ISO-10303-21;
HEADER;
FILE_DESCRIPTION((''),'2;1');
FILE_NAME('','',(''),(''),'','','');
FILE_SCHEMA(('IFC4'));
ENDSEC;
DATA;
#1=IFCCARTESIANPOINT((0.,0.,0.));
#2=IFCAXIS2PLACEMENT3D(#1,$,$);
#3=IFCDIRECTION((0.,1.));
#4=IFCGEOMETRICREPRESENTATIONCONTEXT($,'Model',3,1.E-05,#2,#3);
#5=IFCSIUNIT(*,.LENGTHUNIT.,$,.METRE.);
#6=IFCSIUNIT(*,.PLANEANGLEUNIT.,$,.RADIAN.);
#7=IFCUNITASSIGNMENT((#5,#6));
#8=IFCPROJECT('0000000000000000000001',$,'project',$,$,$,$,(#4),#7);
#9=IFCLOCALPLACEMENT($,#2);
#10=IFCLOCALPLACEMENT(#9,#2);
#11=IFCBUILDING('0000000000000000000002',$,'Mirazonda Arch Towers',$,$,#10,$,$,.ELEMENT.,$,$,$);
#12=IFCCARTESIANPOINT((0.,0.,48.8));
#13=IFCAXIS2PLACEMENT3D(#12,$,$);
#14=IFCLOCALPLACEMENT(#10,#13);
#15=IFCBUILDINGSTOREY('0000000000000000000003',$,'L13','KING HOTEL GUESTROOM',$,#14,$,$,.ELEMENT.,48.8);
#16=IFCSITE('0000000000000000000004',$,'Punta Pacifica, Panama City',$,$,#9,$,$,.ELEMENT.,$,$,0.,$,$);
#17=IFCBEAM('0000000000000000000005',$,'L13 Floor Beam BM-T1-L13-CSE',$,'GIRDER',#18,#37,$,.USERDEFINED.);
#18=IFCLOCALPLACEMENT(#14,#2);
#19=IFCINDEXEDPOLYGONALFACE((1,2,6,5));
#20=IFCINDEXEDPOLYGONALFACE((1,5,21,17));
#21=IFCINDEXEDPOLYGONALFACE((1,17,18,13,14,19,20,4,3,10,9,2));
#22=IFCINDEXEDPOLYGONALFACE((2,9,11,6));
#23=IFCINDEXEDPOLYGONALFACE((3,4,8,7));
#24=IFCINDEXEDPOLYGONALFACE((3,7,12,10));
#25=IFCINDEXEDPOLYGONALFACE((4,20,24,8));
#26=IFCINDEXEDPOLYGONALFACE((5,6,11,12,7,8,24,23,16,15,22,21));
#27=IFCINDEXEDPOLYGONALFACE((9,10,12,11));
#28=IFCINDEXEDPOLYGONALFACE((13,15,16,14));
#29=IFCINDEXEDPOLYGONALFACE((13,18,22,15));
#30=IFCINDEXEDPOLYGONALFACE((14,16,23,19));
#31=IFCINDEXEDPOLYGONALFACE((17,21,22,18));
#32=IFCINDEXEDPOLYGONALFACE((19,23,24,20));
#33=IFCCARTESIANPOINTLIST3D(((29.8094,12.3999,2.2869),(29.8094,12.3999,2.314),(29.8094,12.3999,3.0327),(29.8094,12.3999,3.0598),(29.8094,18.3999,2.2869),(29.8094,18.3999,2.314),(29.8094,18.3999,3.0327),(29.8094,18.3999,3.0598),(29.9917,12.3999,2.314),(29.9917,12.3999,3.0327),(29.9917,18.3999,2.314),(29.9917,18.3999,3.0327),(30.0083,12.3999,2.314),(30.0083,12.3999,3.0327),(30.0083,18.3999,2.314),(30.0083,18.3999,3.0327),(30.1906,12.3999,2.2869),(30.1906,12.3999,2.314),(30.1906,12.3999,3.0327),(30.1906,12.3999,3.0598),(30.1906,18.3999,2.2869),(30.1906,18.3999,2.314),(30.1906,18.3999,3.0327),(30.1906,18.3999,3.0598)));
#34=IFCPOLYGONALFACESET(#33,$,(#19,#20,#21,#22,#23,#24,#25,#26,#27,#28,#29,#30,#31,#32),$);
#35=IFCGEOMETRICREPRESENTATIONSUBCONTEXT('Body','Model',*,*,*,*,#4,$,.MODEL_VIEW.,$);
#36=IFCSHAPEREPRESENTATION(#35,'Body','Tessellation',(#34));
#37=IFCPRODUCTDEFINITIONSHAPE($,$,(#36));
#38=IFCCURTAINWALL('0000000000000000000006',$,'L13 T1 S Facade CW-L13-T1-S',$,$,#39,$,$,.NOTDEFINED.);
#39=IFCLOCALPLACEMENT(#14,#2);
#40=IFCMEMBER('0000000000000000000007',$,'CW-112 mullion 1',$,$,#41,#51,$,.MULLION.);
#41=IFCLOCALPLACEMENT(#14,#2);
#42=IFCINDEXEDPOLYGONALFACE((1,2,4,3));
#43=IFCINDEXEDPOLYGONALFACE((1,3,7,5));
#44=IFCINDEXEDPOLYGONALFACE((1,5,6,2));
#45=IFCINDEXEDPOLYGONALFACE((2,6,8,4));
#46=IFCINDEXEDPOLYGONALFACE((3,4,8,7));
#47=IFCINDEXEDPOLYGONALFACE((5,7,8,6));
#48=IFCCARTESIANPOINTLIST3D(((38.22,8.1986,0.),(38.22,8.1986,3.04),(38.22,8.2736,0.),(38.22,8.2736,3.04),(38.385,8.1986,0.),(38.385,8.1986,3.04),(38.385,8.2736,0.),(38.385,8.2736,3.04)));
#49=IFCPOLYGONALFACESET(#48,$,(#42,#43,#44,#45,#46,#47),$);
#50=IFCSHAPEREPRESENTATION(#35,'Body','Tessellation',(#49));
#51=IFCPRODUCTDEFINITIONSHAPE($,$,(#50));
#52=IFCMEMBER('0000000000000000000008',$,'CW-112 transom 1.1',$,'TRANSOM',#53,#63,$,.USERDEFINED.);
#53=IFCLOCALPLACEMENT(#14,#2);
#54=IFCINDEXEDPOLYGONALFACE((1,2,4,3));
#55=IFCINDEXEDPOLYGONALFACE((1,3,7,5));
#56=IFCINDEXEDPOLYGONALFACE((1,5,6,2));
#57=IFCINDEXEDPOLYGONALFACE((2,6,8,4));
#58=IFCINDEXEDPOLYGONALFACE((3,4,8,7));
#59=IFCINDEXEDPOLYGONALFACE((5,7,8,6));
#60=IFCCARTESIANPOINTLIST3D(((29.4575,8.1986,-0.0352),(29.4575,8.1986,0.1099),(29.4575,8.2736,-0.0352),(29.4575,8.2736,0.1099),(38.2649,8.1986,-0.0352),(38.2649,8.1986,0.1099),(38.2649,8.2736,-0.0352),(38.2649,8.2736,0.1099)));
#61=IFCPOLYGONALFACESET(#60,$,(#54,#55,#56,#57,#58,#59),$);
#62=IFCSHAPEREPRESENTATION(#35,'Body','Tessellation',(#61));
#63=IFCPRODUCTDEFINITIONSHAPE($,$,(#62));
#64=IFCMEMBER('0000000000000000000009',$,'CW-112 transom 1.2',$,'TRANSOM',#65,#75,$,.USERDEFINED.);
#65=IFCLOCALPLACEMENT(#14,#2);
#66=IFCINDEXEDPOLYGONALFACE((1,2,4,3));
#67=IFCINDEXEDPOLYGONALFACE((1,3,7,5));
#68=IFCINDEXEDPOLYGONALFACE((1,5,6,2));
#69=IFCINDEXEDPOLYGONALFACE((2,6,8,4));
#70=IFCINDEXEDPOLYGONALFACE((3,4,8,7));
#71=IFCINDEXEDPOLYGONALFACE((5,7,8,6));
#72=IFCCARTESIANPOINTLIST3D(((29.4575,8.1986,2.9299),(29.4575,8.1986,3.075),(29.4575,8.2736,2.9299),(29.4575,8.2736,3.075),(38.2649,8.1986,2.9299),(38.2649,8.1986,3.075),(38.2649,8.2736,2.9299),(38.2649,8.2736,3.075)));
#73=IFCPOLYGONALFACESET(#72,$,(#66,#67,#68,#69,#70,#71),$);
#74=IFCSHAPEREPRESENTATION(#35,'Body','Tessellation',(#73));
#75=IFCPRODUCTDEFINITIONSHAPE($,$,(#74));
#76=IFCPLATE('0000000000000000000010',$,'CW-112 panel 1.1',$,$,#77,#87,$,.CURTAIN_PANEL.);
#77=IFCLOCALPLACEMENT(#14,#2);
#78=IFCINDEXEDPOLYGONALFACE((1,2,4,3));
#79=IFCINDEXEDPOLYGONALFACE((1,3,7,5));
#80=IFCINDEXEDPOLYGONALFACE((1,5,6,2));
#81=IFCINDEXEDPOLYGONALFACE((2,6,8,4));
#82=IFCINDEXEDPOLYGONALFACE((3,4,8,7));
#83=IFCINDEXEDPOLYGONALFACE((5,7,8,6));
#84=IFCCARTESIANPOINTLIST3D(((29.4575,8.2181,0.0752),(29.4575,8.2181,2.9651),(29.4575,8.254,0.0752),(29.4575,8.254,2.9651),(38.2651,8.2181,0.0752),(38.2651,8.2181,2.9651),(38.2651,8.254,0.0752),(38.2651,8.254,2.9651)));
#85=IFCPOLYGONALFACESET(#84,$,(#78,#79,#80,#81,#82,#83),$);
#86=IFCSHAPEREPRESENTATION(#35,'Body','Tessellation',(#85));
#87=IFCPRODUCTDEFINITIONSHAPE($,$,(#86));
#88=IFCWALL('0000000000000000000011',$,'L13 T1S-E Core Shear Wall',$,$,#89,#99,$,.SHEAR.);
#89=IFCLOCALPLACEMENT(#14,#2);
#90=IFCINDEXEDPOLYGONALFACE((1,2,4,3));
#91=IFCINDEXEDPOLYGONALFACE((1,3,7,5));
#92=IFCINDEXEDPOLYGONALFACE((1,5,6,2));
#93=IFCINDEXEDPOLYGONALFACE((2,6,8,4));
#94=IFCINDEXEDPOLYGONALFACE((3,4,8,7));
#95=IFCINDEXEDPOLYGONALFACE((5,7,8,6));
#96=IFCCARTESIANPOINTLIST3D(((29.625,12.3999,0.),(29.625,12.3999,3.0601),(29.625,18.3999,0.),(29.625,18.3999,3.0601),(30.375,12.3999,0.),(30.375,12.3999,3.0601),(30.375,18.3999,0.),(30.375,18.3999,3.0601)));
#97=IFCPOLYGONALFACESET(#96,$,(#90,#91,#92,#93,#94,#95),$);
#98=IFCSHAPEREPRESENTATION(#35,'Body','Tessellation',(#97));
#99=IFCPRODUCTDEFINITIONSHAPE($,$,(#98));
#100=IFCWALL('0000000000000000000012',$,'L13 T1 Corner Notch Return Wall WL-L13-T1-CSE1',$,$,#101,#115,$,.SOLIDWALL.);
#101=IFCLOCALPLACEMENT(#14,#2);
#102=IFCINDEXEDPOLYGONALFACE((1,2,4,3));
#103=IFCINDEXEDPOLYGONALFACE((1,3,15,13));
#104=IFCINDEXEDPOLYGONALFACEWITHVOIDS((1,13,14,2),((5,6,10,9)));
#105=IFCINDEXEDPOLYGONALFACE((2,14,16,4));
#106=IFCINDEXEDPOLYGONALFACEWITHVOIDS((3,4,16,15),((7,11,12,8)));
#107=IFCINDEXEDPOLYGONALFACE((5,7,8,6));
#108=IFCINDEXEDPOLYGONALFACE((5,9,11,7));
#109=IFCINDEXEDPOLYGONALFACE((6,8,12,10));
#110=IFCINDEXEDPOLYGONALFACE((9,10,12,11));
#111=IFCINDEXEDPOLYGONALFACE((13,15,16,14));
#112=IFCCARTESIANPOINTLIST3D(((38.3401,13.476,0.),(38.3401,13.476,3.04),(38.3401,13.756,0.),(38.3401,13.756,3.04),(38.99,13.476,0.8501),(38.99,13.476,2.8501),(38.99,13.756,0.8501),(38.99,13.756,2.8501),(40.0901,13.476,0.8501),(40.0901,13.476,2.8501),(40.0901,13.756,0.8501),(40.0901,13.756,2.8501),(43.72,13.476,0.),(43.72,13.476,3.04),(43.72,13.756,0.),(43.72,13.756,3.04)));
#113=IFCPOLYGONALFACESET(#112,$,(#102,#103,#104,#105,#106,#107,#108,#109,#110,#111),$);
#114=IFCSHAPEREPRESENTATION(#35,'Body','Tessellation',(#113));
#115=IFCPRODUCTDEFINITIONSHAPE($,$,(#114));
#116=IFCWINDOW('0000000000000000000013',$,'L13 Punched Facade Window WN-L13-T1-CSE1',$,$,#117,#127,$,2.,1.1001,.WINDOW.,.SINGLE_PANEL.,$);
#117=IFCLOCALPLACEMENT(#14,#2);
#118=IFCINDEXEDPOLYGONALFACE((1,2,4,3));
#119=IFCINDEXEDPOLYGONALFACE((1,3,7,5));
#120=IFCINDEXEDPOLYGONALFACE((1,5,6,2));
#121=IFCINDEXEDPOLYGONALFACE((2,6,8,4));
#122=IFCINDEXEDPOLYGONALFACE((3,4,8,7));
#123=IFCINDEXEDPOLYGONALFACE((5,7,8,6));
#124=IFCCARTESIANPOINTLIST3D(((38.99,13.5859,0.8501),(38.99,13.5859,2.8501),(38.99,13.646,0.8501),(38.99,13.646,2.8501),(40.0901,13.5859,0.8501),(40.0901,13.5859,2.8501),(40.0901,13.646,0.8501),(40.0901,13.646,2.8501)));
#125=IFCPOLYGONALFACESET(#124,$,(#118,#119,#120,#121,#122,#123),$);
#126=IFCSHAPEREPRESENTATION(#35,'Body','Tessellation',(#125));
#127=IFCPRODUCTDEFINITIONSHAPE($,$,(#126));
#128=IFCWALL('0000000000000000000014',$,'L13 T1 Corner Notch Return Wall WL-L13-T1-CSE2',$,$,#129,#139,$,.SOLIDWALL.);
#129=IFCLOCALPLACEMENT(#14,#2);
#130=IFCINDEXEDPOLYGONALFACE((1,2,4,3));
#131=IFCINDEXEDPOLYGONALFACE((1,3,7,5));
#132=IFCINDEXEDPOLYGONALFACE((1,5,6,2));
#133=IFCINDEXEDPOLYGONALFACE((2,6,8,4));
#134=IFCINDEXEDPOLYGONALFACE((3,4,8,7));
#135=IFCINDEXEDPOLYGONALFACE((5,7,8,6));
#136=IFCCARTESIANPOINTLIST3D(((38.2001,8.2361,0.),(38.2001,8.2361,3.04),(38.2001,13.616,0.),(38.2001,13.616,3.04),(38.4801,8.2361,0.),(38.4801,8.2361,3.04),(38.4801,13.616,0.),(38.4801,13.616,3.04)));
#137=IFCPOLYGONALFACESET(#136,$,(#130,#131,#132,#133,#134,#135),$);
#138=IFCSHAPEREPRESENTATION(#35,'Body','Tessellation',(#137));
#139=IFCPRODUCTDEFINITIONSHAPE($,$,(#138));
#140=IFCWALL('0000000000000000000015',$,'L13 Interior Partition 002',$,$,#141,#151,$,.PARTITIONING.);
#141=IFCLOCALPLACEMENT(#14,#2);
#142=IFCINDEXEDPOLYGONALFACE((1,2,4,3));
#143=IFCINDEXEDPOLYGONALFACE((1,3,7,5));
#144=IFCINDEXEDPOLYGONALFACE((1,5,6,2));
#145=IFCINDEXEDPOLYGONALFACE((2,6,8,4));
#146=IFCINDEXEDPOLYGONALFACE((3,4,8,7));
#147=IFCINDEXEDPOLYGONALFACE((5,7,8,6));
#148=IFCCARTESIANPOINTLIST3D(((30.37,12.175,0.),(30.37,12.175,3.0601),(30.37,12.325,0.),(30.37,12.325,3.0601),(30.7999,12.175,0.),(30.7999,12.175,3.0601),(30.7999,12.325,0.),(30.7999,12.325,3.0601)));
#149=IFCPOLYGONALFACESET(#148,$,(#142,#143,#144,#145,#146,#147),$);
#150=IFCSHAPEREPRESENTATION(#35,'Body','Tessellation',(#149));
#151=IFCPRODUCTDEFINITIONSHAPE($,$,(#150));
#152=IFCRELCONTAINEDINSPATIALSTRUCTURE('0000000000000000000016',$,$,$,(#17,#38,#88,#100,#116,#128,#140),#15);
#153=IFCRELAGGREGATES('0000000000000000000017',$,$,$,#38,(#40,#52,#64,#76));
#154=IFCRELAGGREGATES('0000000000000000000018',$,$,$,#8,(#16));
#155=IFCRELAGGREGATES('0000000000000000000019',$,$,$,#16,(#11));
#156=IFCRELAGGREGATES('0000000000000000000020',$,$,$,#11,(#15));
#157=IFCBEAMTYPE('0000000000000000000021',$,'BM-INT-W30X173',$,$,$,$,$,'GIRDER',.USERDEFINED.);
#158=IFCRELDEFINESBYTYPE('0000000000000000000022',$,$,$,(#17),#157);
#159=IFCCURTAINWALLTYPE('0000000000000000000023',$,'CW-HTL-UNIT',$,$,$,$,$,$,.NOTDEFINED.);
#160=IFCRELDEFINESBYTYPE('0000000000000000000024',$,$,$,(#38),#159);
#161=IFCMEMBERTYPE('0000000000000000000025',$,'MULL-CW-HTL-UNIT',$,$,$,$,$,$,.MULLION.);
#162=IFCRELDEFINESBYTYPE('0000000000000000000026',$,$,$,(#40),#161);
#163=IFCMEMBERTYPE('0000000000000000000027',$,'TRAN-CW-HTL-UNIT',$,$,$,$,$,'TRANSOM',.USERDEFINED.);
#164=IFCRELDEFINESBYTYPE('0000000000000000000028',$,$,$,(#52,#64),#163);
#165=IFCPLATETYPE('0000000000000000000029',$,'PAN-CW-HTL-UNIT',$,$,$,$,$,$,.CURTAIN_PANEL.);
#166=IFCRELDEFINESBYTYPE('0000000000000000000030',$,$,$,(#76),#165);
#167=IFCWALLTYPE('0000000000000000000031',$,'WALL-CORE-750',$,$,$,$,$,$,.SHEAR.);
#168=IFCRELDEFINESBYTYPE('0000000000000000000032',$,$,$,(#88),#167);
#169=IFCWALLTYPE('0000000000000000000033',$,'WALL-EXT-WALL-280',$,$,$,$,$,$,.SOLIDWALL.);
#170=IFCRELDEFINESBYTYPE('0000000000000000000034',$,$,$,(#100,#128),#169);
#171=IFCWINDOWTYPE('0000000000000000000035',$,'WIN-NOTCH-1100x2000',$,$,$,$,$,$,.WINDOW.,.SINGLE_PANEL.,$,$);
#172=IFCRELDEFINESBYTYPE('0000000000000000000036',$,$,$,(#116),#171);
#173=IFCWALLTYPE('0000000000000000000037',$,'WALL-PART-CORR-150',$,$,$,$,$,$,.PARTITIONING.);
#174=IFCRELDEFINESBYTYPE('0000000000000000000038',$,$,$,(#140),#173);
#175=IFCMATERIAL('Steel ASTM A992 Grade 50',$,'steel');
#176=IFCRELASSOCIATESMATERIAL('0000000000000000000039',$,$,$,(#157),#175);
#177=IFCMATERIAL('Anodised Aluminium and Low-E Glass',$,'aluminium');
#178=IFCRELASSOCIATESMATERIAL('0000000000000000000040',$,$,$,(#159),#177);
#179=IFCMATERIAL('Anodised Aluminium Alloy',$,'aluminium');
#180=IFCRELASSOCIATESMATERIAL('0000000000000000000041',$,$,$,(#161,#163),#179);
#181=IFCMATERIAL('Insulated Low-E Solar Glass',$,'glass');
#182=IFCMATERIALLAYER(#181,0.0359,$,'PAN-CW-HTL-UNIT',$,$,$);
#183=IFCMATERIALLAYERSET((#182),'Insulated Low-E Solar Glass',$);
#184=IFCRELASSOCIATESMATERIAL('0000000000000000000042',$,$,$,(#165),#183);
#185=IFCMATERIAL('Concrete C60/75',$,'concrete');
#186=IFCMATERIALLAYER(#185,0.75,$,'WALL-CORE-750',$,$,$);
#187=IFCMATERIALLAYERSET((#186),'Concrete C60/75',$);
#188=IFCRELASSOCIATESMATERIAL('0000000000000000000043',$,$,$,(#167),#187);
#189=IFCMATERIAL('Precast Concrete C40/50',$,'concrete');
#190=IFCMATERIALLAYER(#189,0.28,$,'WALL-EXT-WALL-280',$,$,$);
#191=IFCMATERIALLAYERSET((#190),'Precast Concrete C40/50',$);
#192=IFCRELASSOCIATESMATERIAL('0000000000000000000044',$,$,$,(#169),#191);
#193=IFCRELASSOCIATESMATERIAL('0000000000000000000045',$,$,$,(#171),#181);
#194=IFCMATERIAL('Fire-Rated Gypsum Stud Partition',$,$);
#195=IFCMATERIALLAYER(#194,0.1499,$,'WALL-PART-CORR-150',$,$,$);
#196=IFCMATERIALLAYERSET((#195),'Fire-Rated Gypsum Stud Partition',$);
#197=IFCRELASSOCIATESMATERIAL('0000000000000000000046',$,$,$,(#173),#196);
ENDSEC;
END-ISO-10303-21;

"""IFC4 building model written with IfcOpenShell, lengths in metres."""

from ifc_helpers import new_model, si_unit, direction, frame, frame_2d, origin, origin_2d, place, context, subcontext, project, spatial, rectangle, i_section, extrude, material, layer, layer_set, material_profile, profile_set, type_object, element, fill, aggregate, save


model = new_model("IFC4")

# Units and contexts
model_context = context("Model", 3, precision=1e-05, world=origin(), true_north=direction((0.0, 1.0)))
body_context = subcontext(model_context, "Body", "Model", "MODEL_VIEW")
ifc_project = project(units=[si_unit("LENGTHUNIT", "METRE"), si_unit("PLANEANGLEUNIT", "RADIAN")], contexts=[model_context])

# Site, building, storey
site_placement = place(None, origin())
site = spatial("IfcSite", under=ifc_project, at=site_placement, Name="Punta Pacifica, Panama City", CompositionType="ELEMENT", RefElevation=0.0)
building_placement = place(site_placement, origin())
building = spatial("IfcBuilding", under=site, at=building_placement, Name="Mirazonda Arch Towers", CompositionType="ELEMENT")
storey_placement = place(building_placement, frame((0.0, 0.0, 48.8)))
storey = spatial("IfcBuildingStorey", under=building, at=storey_placement, Name="L13", Description="KING HOTEL GUESTROOM", CompositionType="ELEMENT", Elevation=48.8)

# Beam
ifc_material_1 = material(Name="Steel ASTM A992 Grade 50", Category="steel")
ifc_material_profile_1 = material_profile(ifc_material_1, i_section(OverallWidth=0.3811, OverallDepth=0.7729, WebThickness=0.0166, FlangeThickness=0.0271, at=origin_2d()), Name="W30X173")
ifc_profile_set_1 = profile_set([ifc_material_profile_1], Name="Steel ASTM A992 Grade 50")
beam_type = type_object("IfcBeamType", Name="BM-INT-W30X173", ElementType="GIRDER", PredefinedType="USERDEFINED", material=ifc_profile_set_1)
beam_placement = place(storey_placement, frame((30.0, 12.3999, 2.6733), z_axis=(0.0, 1.0, 0.0), x_axis=(-1.0, 0.0, 0.0)))
element("IfcBeam", 1, at=beam_placement, inside=storey, type_object=beam_type, Name="L13 Floor Beam BM-T1-L13-CSE", ObjectType="GIRDER", PredefinedType="USERDEFINED", context=body_context, shape_type="SweptSolid", body=[
    extrude(i_section(OverallWidth=0.3811, OverallDepth=0.7729, WebThickness=0.0166, FlangeThickness=0.0271, at=origin_2d()), origin(), (0.0, 0.0, 1.0), 6.0),
])

# Curtain wall, members, plate
ifc_material_2 = material(Name="Anodised Aluminium and Low-E Glass", Category="aluminium")
curtain_wall_type = type_object("IfcCurtainWallType", Name="CW-HTL-UNIT", PredefinedType="NOTDEFINED", material=ifc_material_2)
curtain_wall_placement = place(storey_placement, origin())
curtain_wall = element("IfcCurtainWall", 2, at=curtain_wall_placement, inside=storey, type_object=curtain_wall_type, Name="L13 T1 S Facade CW-L13-T1-S", PredefinedType="NOTDEFINED")
ifc_material_3 = material(Name="Anodised Aluminium Alloy", Category="aluminium")
ifc_material_profile_2 = material_profile(ifc_material_3, rectangle(XDim=0.075, YDim=0.165, at=origin_2d()), Name="ALU-MULL-75x165")
ifc_profile_set_2 = profile_set([ifc_material_profile_2], Name="Anodised Aluminium Alloy")
member_type_1 = type_object("IfcMemberType", Name="MULL-CW-HTL-UNIT", PredefinedType="MULLION", material=ifc_profile_set_2)
member_1_placement = place(storey_placement, frame((38.3025, 8.2361, 0.0), z_axis=(0.0, 0.0, 1.0), x_axis=(0.0, -1.0, 0.0)))
member_1 = element("IfcMember", 3, at=member_1_placement, type_object=member_type_1, Name="CW-112 mullion 1", PredefinedType="MULLION", context=body_context, shape_type="SweptSolid", body=[
    extrude(rectangle(XDim=0.075, YDim=0.165, at=origin_2d()), origin(), (0.0, 0.0, 1.0), 3.04),
])
ifc_material_profile_3 = material_profile(ifc_material_3, rectangle(XDim=0.075, YDim=0.145, at=origin_2d()), Name="ALU-TRAN-75x145")
ifc_profile_set_3 = profile_set([ifc_material_profile_3], Name="Anodised Aluminium Alloy")
member_type_2 = type_object("IfcMemberType", Name="TRAN-CW-HTL-UNIT", ElementType="TRANSOM", PredefinedType="USERDEFINED", material=ifc_profile_set_3)
member_2_placement = place(storey_placement, frame((38.2649, 8.2361, 0.0374), z_axis=(-1.0, 0.0, 0.0), x_axis=(0.0, -1.0, 0.0)))
member_2 = element("IfcMember", 4, at=member_2_placement, type_object=member_type_2, Name="CW-112 transom 1.1", ObjectType="TRANSOM", PredefinedType="USERDEFINED", context=body_context, shape_type="SweptSolid", body=[
    extrude(rectangle(XDim=0.075, YDim=0.145, at=origin_2d()), origin(), (0.0, 0.0, 1.0), 8.8074),
])
member_3_placement = place(storey_placement, frame((38.2649, 8.2361, 3.0024), z_axis=(-1.0, 0.0, 0.0), x_axis=(0.0, -1.0, 0.0)))
member_3 = element("IfcMember", 5, at=member_3_placement, type_object=member_type_2, Name="CW-112 transom 1.2", ObjectType="TRANSOM", PredefinedType="USERDEFINED", context=body_context, shape_type="SweptSolid", body=[
    extrude(rectangle(XDim=0.075, YDim=0.145, at=origin_2d()), origin(), (0.0, 0.0, 1.0), 8.8074),
])
ifc_material_4 = material(Name="Insulated Low-E Solar Glass", Category="glass")
ifc_layer_1 = layer(ifc_material_4, 0.0359, Name="PAN-CW-HTL-UNIT")
ifc_layer_set_1 = layer_set([ifc_layer_1], Name="Insulated Low-E Solar Glass")
plate_type = type_object("IfcPlateType", Name="PAN-CW-HTL-UNIT", PredefinedType="CURTAIN_PANEL", material=ifc_layer_set_1)
plate_placement = place(storey_placement, frame((33.8613, 8.2361, 0.0752), z_axis=(0.0, 0.0, 1.0), x_axis=(-1.0, 0.0, 0.0)))
plate = element("IfcPlate", 6, at=plate_placement, type_object=plate_type, Name="CW-112 panel 1.1", PredefinedType="CURTAIN_PANEL", context=body_context, shape_type="SweptSolid", body=[
    extrude(rectangle(XDim=8.8076, YDim=0.0359, at=origin_2d()), origin(), (0.0, 0.0, 1.0), 2.8899),
])
aggregate(curtain_wall, [member_1, member_2, member_3, plate])

# Wall
ifc_material_5 = material(Name="Concrete C60/75", Category="concrete")
ifc_layer_2 = layer(ifc_material_5, 0.75, Name="WALL-CORE-750")
ifc_layer_set_2 = layer_set([ifc_layer_2], Name="Concrete C60/75")
wall_type_1 = type_object("IfcWallType", Name="WALL-CORE-750", PredefinedType="SHEAR", material=ifc_layer_set_2)
wall_1_placement = place(storey_placement, frame((30.0, 12.3999, 0.0), z_axis=(0.0, 0.0, 1.0), x_axis=(0.0, 1.0, 0.0)))
element("IfcWall", 7, at=wall_1_placement, inside=storey, type_object=wall_type_1, Name="L13 T1S-E Core Shear Wall", PredefinedType="SHEAR", context=body_context, shape_type="SweptSolid", body=[
    extrude(rectangle(XDim=6.0, YDim=0.75, at=frame_2d((3.0, 0.0))), origin(), (0.0, 0.0, 1.0), 3.0601),
])

# Wall, opening, window
ifc_material_6 = material(Name="Precast Concrete C40/50", Category="concrete")
ifc_layer_3 = layer(ifc_material_6, 0.28, Name="WALL-EXT-WALL-280")
ifc_layer_set_3 = layer_set([ifc_layer_3], Name="Precast Concrete C40/50")
wall_type_2 = type_object("IfcWallType", Name="WALL-EXT-WALL-280", PredefinedType="SOLIDWALL", material=ifc_layer_set_3)
wall_2_placement = place(storey_placement, frame((38.3401, 13.616, 0.0), z_axis=(0.0, 0.0, 1.0), x_axis=(1.0, 0.0, 0.0)))
wall_2 = element("IfcWall", 8, at=wall_2_placement, inside=storey, type_object=wall_type_2, Name="L13 T1 Corner Notch Return Wall WL-L13-T1-CSE1", PredefinedType="SOLIDWALL", context=body_context, shape_type="SweptSolid", body=[
    extrude(rectangle(XDim=5.3799, YDim=0.28, at=frame_2d((2.6899, 0.0))), origin(), (0.0, 0.0, 1.0), 3.04),
])
opening_1_placement = place(wall_2_placement, frame((0.6499, 0.0, 0.8501)))
opening_1 = element("IfcOpeningElement", 9, at=opening_1_placement, cuts=wall_2, PredefinedType="OPENING", context=body_context, shape_type="SweptSolid", body=[
    extrude(rectangle(XDim=1.1001, YDim=2.0, at=frame_2d((0.55, 1.0))), frame((0.0, 0.1499, 0.0), z_axis=(0.0, -1.0, 0.0), x_axis=(1.0, 0.0, 0.0)), (0.0, 0.0, 1.0), 0.3),
])
window_type = type_object("IfcWindowType", Name="WIN-NOTCH-1100x2000", PartitioningType="SINGLE_PANEL", PredefinedType="WINDOW", material=ifc_material_4)
window_placement = place(opening_1_placement, origin())
window = element("IfcWindow", 10, at=window_placement, inside=storey, type_object=window_type, Name="L13 Punched Facade Window WN-L13-T1-CSE1", OverallHeight=2.0, OverallWidth=1.1001, PartitioningType="SINGLE_PANEL", PredefinedType="WINDOW", context=body_context, shape_type="SweptSolid", body=[
    extrude(rectangle(XDim=1.1001, YDim=2.0, at=frame_2d((0.55, 1.0))), frame((0.0, 0.03, 0.0), z_axis=(0.0, -1.0, 0.0), x_axis=(1.0, 0.0, 0.0)), (0.0, 0.0, 1.0), 0.0601),
])
fill(opening_1, window)

# Walls
wall_3_placement = place(storey_placement, frame((38.3401, 8.2361, 0.0), z_axis=(0.0, 0.0, 1.0), x_axis=(0.0, 1.0, 0.0)))
element("IfcWall", 11, at=wall_3_placement, inside=storey, type_object=wall_type_2, Name="L13 T1 Corner Notch Return Wall WL-L13-T1-CSE2", PredefinedType="SOLIDWALL", context=body_context, shape_type="SweptSolid", body=[
    extrude(rectangle(XDim=5.3799, YDim=0.28, at=frame_2d((2.6899, 0.0))), origin(), (0.0, 0.0, 1.0), 3.04),
])
ifc_material_7 = material(Name="Fire-Rated Gypsum Stud Partition")
ifc_layer_4 = layer(ifc_material_7, 0.1499, Name="WALL-PART-CORR-150")
ifc_layer_set_4 = layer_set([ifc_layer_4], Name="Fire-Rated Gypsum Stud Partition")
wall_type_3 = type_object("IfcWallType", Name="WALL-PART-CORR-150", PredefinedType="PARTITIONING", material=ifc_layer_set_4)
wall_4_placement = place(storey_placement, frame((30.3701, 12.25, 0.0), z_axis=(0.0, 0.0, 1.0), x_axis=(1.0, 0.0, 0.0)))
element("IfcWall", 12, at=wall_4_placement, inside=storey, type_object=wall_type_3, Name="L13 Interior Partition 002", PredefinedType="PARTITIONING", context=body_context, shape_type="SweptSolid", body=[
    extrude(rectangle(XDim=0.4299, YDim=0.1499, at=frame_2d((0.2148, 0.0))), origin(), (0.0, 0.0, 1.0), 3.0601),
])

save(model, "model.ifc")
